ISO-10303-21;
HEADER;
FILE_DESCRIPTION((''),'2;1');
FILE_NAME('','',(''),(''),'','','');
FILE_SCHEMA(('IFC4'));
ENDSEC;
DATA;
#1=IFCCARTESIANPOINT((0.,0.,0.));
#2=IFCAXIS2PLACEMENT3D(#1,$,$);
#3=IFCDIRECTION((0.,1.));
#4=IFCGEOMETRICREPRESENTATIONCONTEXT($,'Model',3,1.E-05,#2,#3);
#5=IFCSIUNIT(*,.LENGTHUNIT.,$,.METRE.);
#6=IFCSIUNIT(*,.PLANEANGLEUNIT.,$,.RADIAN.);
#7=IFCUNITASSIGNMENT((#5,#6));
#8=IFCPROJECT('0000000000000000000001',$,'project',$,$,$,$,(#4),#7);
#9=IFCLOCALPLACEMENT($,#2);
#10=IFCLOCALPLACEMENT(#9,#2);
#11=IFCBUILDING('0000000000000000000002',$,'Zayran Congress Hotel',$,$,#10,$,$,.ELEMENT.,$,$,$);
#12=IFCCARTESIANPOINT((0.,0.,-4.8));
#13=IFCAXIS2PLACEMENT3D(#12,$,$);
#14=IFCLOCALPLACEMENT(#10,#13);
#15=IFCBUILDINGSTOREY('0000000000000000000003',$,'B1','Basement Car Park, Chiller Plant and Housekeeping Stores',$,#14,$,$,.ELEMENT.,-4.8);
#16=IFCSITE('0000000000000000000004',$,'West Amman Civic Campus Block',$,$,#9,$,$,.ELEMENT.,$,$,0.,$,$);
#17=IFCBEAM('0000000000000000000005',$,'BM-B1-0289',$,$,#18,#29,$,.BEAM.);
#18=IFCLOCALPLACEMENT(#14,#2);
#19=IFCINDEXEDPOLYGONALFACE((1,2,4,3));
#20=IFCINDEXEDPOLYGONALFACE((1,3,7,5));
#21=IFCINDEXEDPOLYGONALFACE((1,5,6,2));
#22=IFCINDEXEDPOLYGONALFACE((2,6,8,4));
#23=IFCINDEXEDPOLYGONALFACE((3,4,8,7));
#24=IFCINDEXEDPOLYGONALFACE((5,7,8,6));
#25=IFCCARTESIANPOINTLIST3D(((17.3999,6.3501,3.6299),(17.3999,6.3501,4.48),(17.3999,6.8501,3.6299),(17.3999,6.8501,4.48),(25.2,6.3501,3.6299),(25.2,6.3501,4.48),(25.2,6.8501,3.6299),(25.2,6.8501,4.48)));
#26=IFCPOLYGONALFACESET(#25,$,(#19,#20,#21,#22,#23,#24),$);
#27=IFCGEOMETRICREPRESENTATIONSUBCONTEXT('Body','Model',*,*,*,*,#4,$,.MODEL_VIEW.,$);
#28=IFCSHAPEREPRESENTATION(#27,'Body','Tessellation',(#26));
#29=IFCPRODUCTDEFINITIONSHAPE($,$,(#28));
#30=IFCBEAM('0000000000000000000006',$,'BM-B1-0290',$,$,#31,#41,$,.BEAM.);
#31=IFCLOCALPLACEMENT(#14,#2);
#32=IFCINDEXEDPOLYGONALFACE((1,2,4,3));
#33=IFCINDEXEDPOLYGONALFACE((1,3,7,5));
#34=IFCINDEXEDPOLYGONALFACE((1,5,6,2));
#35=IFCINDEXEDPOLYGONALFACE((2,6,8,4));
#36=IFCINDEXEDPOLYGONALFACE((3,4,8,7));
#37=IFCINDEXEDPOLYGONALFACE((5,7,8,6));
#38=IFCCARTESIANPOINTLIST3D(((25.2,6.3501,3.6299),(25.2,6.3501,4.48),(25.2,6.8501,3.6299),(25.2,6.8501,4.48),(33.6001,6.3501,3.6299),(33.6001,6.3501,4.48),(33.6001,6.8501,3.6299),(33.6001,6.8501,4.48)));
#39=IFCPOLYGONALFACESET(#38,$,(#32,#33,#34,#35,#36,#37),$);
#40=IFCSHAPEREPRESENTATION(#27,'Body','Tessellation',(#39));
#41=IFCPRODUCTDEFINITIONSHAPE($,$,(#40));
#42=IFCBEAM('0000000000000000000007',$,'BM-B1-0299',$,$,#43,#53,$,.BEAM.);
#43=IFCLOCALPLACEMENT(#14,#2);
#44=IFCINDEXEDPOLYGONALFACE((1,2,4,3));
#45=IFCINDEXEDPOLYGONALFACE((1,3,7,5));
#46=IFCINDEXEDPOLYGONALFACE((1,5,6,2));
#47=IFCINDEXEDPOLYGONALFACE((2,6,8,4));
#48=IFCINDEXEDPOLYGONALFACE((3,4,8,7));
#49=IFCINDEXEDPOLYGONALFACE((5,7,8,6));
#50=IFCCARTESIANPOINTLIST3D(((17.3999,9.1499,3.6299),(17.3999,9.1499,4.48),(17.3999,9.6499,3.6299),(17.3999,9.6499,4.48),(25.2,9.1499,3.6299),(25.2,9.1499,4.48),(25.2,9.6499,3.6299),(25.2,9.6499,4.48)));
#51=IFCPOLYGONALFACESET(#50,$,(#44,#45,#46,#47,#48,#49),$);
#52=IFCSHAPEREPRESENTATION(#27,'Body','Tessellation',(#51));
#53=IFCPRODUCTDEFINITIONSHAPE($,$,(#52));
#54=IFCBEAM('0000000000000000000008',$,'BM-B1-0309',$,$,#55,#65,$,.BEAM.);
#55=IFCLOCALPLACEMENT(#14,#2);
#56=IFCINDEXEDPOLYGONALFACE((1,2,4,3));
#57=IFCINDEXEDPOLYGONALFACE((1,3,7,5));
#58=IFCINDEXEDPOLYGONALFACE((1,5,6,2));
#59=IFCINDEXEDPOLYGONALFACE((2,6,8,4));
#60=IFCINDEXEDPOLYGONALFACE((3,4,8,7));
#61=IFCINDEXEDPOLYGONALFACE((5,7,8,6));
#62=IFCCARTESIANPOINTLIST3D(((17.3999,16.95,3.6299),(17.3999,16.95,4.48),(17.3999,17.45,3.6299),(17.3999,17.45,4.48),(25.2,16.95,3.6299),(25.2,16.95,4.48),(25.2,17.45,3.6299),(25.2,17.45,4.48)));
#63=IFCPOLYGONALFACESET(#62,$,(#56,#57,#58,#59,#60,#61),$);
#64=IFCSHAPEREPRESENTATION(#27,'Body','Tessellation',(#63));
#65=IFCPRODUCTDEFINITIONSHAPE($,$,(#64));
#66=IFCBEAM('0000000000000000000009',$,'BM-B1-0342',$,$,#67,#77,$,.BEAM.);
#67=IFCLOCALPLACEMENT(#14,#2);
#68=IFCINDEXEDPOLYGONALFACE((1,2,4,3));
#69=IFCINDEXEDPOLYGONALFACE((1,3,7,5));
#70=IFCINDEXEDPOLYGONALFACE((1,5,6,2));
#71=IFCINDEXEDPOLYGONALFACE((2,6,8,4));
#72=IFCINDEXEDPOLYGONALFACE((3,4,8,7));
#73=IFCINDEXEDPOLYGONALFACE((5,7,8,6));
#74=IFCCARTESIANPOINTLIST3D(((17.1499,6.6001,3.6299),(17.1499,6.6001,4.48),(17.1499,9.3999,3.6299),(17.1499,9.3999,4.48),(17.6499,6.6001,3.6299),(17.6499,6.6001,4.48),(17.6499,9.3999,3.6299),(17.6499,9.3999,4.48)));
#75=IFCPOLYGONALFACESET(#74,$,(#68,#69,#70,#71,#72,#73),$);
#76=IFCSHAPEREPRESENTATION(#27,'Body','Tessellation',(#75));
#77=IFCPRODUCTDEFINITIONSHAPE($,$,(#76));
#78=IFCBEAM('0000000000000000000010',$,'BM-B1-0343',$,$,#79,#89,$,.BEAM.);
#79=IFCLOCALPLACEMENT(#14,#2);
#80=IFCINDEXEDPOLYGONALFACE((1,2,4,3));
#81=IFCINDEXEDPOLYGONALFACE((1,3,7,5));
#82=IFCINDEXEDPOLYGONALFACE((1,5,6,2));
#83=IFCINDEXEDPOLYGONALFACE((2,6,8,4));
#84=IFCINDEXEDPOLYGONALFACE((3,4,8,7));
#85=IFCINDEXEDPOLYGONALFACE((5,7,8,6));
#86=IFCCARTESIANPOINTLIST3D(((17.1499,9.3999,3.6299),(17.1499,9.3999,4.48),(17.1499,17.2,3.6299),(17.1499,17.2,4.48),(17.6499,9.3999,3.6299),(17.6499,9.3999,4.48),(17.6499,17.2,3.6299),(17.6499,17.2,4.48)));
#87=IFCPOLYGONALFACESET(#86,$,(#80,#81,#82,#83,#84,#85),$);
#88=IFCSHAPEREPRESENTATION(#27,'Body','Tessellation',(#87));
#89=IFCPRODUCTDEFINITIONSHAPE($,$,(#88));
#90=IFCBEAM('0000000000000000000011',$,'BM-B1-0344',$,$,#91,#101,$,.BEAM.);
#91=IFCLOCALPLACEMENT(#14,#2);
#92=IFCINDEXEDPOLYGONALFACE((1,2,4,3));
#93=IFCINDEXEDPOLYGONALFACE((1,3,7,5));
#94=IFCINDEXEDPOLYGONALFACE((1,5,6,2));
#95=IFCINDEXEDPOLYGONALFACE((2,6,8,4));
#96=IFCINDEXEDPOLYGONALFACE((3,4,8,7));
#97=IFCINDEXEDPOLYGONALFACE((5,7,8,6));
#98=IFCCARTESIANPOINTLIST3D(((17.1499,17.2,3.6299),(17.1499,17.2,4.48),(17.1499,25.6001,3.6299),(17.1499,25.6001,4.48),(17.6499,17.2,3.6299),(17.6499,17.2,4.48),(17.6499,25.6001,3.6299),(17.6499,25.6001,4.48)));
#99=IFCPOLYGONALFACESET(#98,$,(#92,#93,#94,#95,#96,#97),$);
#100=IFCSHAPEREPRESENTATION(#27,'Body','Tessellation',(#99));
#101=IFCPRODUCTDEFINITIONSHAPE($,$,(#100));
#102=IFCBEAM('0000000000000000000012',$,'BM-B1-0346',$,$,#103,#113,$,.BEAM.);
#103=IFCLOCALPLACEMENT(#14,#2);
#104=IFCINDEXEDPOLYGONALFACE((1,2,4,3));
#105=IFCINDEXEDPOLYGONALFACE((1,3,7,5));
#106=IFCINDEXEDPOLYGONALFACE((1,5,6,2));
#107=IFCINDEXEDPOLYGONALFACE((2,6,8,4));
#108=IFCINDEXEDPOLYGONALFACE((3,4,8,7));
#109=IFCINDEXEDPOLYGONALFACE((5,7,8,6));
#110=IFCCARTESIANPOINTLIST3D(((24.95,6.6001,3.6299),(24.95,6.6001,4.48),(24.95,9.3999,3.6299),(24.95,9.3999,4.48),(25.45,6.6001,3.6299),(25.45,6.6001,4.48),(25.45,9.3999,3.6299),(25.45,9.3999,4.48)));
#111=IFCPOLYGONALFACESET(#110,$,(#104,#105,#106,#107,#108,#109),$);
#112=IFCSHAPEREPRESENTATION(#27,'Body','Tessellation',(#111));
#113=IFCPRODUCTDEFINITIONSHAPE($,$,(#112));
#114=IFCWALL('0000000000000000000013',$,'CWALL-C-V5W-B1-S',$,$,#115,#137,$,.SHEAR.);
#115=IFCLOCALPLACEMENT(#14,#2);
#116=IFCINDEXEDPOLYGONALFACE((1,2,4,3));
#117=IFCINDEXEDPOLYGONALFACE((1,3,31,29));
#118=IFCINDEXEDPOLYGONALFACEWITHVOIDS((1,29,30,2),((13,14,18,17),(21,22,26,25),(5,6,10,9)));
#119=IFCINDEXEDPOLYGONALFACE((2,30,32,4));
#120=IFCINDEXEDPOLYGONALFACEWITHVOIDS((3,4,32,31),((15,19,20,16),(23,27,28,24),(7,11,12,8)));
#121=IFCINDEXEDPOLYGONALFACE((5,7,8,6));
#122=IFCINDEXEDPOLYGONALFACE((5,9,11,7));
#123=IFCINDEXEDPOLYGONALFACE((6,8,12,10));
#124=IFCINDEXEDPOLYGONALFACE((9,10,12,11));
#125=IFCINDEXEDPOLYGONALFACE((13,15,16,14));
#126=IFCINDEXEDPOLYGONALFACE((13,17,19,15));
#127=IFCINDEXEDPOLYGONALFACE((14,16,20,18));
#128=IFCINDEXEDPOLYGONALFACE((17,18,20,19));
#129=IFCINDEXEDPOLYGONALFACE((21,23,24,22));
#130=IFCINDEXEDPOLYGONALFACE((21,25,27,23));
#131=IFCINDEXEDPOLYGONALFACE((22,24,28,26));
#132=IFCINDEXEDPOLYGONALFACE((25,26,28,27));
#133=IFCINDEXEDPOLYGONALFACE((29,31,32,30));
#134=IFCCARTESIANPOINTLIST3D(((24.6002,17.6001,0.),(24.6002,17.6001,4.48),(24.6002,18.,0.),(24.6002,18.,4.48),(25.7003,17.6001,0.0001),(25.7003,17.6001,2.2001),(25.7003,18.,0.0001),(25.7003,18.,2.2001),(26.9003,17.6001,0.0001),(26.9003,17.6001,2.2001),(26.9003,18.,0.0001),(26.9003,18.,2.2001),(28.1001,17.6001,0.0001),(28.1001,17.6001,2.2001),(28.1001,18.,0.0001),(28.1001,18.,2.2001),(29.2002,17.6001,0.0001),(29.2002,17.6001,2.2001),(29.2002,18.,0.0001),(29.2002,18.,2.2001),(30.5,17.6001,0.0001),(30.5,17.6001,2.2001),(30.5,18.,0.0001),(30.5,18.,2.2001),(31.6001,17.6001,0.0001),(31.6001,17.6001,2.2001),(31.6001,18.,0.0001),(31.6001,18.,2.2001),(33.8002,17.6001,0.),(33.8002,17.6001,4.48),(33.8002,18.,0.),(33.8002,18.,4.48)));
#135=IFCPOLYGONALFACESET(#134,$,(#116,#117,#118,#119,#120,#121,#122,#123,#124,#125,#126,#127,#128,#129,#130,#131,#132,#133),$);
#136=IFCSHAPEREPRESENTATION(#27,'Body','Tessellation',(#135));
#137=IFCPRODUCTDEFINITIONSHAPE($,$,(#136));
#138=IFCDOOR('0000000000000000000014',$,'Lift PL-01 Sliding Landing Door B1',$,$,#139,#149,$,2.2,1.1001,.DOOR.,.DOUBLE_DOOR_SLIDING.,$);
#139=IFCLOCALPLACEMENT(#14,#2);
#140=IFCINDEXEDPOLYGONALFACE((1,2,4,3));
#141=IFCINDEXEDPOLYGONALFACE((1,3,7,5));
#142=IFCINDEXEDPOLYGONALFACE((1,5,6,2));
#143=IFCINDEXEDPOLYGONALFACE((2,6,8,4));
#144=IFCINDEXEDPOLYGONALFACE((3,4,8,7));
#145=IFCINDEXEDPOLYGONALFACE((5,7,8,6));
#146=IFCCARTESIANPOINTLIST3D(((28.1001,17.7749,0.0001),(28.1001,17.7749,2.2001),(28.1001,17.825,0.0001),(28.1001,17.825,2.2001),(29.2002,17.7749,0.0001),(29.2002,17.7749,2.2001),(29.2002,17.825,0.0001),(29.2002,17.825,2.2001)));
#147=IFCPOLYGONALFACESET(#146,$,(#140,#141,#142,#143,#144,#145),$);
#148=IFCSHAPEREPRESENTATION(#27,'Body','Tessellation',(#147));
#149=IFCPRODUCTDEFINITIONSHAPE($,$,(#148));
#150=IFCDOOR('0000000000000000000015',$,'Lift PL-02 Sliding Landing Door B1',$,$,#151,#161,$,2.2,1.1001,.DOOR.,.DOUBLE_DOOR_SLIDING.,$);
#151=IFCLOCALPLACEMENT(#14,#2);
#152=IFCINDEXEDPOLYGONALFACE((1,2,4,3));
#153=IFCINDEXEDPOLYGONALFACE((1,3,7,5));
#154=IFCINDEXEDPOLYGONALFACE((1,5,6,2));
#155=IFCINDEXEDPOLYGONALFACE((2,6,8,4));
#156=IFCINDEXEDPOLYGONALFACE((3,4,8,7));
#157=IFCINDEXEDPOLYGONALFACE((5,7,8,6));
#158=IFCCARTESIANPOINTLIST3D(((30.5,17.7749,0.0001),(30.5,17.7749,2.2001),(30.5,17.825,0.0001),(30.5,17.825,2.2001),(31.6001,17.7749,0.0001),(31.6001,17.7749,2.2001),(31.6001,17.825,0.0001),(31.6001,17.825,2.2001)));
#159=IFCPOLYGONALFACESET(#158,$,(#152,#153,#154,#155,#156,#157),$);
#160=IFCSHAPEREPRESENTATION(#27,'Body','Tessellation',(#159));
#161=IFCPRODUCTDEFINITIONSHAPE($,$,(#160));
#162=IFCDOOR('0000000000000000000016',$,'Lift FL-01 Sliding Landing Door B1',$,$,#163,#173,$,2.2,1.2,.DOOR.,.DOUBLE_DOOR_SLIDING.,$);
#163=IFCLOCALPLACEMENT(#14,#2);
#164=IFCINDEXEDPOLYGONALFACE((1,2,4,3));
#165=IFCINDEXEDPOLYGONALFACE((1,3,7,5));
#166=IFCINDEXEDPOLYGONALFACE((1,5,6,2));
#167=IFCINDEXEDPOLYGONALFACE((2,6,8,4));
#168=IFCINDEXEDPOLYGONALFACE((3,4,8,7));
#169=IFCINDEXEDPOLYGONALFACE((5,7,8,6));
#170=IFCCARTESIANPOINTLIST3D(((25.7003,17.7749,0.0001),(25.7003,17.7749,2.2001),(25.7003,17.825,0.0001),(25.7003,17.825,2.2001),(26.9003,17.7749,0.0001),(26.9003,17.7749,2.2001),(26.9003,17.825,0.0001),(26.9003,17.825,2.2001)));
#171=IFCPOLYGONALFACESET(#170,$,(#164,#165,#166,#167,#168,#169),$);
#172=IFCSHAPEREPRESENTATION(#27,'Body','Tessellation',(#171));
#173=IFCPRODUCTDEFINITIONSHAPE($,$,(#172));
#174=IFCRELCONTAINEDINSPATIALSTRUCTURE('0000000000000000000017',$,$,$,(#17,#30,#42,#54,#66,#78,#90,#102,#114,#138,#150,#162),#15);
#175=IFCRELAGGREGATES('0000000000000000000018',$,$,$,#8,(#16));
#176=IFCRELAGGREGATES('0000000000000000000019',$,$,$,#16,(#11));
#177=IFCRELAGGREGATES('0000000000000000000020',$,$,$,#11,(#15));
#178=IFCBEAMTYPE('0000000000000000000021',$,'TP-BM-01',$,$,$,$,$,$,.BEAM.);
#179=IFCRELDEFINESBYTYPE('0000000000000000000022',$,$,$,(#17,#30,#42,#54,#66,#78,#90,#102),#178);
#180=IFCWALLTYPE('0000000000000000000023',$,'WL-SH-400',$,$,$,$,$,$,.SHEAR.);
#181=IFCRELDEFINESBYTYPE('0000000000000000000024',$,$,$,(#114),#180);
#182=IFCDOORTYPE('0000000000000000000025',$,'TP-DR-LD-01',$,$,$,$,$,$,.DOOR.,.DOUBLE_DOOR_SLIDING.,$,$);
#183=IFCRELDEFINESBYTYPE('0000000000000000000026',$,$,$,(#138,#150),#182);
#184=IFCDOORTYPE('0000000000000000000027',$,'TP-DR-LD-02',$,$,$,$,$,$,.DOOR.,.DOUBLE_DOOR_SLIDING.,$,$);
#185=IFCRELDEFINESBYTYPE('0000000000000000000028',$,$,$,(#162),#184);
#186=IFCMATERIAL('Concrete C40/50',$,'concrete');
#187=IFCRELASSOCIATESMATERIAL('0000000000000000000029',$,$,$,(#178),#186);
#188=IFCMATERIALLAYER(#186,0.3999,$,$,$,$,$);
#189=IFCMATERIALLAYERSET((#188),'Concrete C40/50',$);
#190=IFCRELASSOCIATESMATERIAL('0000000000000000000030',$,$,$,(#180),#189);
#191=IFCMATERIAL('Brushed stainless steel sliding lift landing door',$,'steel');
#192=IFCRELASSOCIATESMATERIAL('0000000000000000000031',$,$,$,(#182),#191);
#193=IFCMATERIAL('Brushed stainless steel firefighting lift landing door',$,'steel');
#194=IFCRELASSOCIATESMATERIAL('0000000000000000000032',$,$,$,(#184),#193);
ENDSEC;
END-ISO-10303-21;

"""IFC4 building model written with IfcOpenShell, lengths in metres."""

from ifc_helpers import new_model, si_unit, direction, frame, frame_2d, origin, origin_2d, place, context, subcontext, project, spatial, rectangle, extrude, material, layer, layer_set, material_profile, profile_set, type_object, element, fill, save


model = new_model("IFC4")

# Units and contexts
model_context = context("Model", 3, precision=1e-05, world=origin(), true_north=direction((0.0, 1.0)))
body_context = subcontext(model_context, "Body", "Model", "MODEL_VIEW")
ifc_project = project(units=[si_unit("LENGTHUNIT", "METRE"), si_unit("PLANEANGLEUNIT", "RADIAN")], contexts=[model_context])

# Site, building, storey
site_placement = place(None, origin())
site = spatial("IfcSite", under=ifc_project, at=site_placement, Name="West Amman Civic Campus Block", CompositionType="ELEMENT", RefElevation=0.0)
building_placement = place(site_placement, origin())
building = spatial("IfcBuilding", under=site, at=building_placement, Name="Zayran Congress Hotel", CompositionType="ELEMENT")
storey_placement = place(building_placement, frame((0.0, 0.0, -4.8)))
storey = spatial("IfcBuildingStorey", under=building, at=storey_placement, Name="B1", Description="Basement Car Park, Chiller Plant and Housekeeping Stores", CompositionType="ELEMENT", Elevation=-4.8)

# Shared definitions
ifc_material_1 = material(Name="Concrete C40/50", Category="concrete")

# Beams
ifc_material_profile_1 = material_profile(ifc_material_1, rectangle(XDim=0.5, YDim=0.8501, at=origin_2d()), Name="RC 500x850")
ifc_profile_set_1 = profile_set([ifc_material_profile_1], Name="Concrete C40/50")
beam_type = type_object("IfcBeamType", Name="TP-BM-01", PredefinedType="BEAM", material=ifc_profile_set_1)
beam_1_placement = place(storey_placement, frame((17.3999, 6.6001, 4.0549), z_axis=(1.0, 0.0, 0.0), x_axis=(0.0, 1.0, 0.0)))
element("IfcBeam", 1, at=beam_1_placement, inside=storey, type_object=beam_type, Name="BM-B1-0289", PredefinedType="BEAM", context=body_context, shape_type="SweptSolid", body=[
    extrude(rectangle(XDim=0.5, YDim=0.8501, at=origin_2d()), origin(), (0.0, 0.0, 1.0), 7.8),
])
beam_2_placement = place(storey_placement, frame((25.2, 6.6001, 4.0549), z_axis=(1.0, 0.0, 0.0), x_axis=(0.0, 1.0, 0.0)))
element("IfcBeam", 2, at=beam_2_placement, inside=storey, type_object=beam_type, Name="BM-B1-0290", PredefinedType="BEAM", context=body_context, shape_type="SweptSolid", body=[
    extrude(rectangle(XDim=0.5, YDim=0.8501, at=origin_2d()), origin(), (0.0, 0.0, 1.0), 8.4001),
])
for number, where, z_axis, x_axis, name in (
    (3, (17.3999, 9.3999, 4.0549), (1.0, 0.0, 0.0), (0.0, 1.0, 0.0), "BM-B1-0299"),
    (4, (17.3999, 17.2, 4.0549), (1.0, 0.0, 0.0), (0.0, 1.0, 0.0), "BM-B1-0309"),
):
    element("IfcBeam", number, at=place(storey_placement, frame(where, z_axis=z_axis, x_axis=x_axis)), inside=storey, type_object=beam_type, Name=name, PredefinedType="BEAM", context=body_context, shape_type="SweptSolid", body=[
        extrude(rectangle(XDim=0.5, YDim=0.8501, at=origin_2d()), origin(), (0.0, 0.0, 1.0), 7.8),
    ])
beam_3_placement = place(storey_placement, frame((17.3999, 6.6001, 4.0549), z_axis=(0.0, 1.0, 0.0), x_axis=(-1.0, 0.0, 0.0)))
element("IfcBeam", 5, at=beam_3_placement, inside=storey, type_object=beam_type, Name="BM-B1-0342", PredefinedType="BEAM", context=body_context, shape_type="SweptSolid", body=[
    extrude(rectangle(XDim=0.5, YDim=0.8501, at=origin_2d()), origin(), (0.0, 0.0, 1.0), 2.7998),
])
beam_4_placement = place(storey_placement, frame((17.3999, 9.3999, 4.0549), z_axis=(0.0, 1.0, 0.0), x_axis=(-1.0, 0.0, 0.0)))
element("IfcBeam", 6, at=beam_4_placement, inside=storey, type_object=beam_type, Name="BM-B1-0343", PredefinedType="BEAM", context=body_context, shape_type="SweptSolid", body=[
    extrude(rectangle(XDim=0.5, YDim=0.8501, at=origin_2d()), origin(), (0.0, 0.0, 1.0), 7.8),
])
beam_5_placement = place(storey_placement, frame((17.3999, 17.2, 4.0549), z_axis=(0.0, 1.0, 0.0), x_axis=(-1.0, 0.0, 0.0)))
element("IfcBeam", 7, at=beam_5_placement, inside=storey, type_object=beam_type, Name="BM-B1-0344", PredefinedType="BEAM", context=body_context, shape_type="SweptSolid", body=[
    extrude(rectangle(XDim=0.5, YDim=0.8501, at=origin_2d()), origin(), (0.0, 0.0, 1.0), 8.4001),
])
beam_6_placement = place(storey_placement, frame((25.2, 6.6001, 4.0549), z_axis=(0.0, 1.0, 0.0), x_axis=(-1.0, 0.0, 0.0)))
element("IfcBeam", 8, at=beam_6_placement, inside=storey, type_object=beam_type, Name="BM-B1-0346", PredefinedType="BEAM", context=body_context, shape_type="SweptSolid", body=[
    extrude(rectangle(XDim=0.5, YDim=0.8501, at=origin_2d()), origin(), (0.0, 0.0, 1.0), 2.7998),
])

# Wall, openings, doors
ifc_layer_1 = layer(ifc_material_1, 0.3999)
ifc_layer_set_1 = layer_set([ifc_layer_1], Name="Concrete C40/50")
wall_type_1 = type_object("IfcWallType", Name="WL-SH-400", PredefinedType="SHEAR", material=ifc_layer_set_1)
wall_1_placement = place(storey_placement, frame((24.6001, 17.8, 0.0), z_axis=(0.0, 0.0, 1.0), x_axis=(1.0, 0.0, 0.0)))
wall_1 = element("IfcWall", 9, at=wall_1_placement, inside=storey, type_object=wall_type_1, Name="CWALL-C-V5W-B1-S", PredefinedType="SHEAR", context=body_context, shape_type="SweptSolid", body=[
    extrude(rectangle(XDim=9.2, YDim=0.3999, at=frame_2d((4.6001, 0.0))), origin(), (0.0, 0.0, 1.0), 4.48),
])
opening_1_placement = place(wall_1_placement, frame((1.1001, 0.0, 0.0)))
opening_1 = element("IfcOpeningElement", 10, at=opening_1_placement, cuts=wall_1, PredefinedType="OPENING", context=body_context, shape_type="SweptSolid", body=[
    extrude(rectangle(XDim=1.2, YDim=2.2, at=frame_2d((0.6001, 1.1001))), frame((0.0, 0.21, 0.0), z_axis=(0.0, -1.0, 0.0), x_axis=(1.0, 0.0, 0.0)), (0.0, 0.0, 1.0), 0.4199),
])
opening_2_placement = place(wall_1_placement, frame((3.5, 0.0, 0.0)))
opening_2 = element("IfcOpeningElement", 11, at=opening_2_placement, cuts=wall_1, PredefinedType="OPENING", context=body_context, shape_type="SweptSolid", body=[
    extrude(rectangle(XDim=1.1001, YDim=2.2, at=frame_2d((0.55, 1.1001))), frame((0.0, 0.21, 0.0), z_axis=(0.0, -1.0, 0.0), x_axis=(1.0, 0.0, 0.0)), (0.0, 0.0, 1.0), 0.4199),
])
opening_3_placement = place(wall_1_placement, frame((5.8999, 0.0, 0.0)))
opening_3 = element("IfcOpeningElement", 12, at=opening_3_placement, cuts=wall_1, PredefinedType="OPENING", context=body_context, shape_type="SweptSolid", body=[
    extrude(rectangle(XDim=1.1001, YDim=2.2, at=frame_2d((0.55, 1.1001))), frame((0.0, 0.21, 0.0), z_axis=(0.0, -1.0, 0.0), x_axis=(1.0, 0.0, 0.0)), (0.0, 0.0, 1.0), 0.4199),
])
ifc_material_2 = material(Name="Brushed stainless steel sliding lift landing door", Category="steel")
door_type_1 = type_object("IfcDoorType", Name="TP-DR-LD-01", OperationType="DOUBLE_DOOR_SLIDING", PredefinedType="DOOR", material=ifc_material_2)
door_1_placement = place(opening_2_placement, origin())
door_1 = element("IfcDoor", 13, at=door_1_placement, inside=storey, type_object=door_type_1, Name="Lift PL-01 Sliding Landing Door B1", OperationType="DOUBLE_DOOR_SLIDING", OverallHeight=2.2, OverallWidth=1.1001, PredefinedType="DOOR", context=body_context, shape_type="SweptSolid", body=[
    extrude(rectangle(XDim=1.1001, YDim=2.2, at=frame_2d((0.55, 1.1001))), frame((0.0, 0.0249, 0.0), z_axis=(0.0, -1.0, 0.0), x_axis=(1.0, 0.0, 0.0)), (0.0, 0.0, 1.0), 0.05),
])
fill(opening_2, door_1)
door_2_placement = place(opening_3_placement, origin())
door_2 = element("IfcDoor", 14, at=door_2_placement, inside=storey, type_object=door_type_1, Name="Lift PL-02 Sliding Landing Door B1", OperationType="DOUBLE_DOOR_SLIDING", OverallHeight=2.2, OverallWidth=1.1001, PredefinedType="DOOR", context=body_context, shape_type="SweptSolid", body=[
    extrude(rectangle(XDim=1.1001, YDim=2.2, at=frame_2d((0.55, 1.1001))), frame((0.0, 0.0249, 0.0), z_axis=(0.0, -1.0, 0.0), x_axis=(1.0, 0.0, 0.0)), (0.0, 0.0, 1.0), 0.05),
])
fill(opening_3, door_2)
ifc_material_3 = material(Name="Brushed stainless steel firefighting lift landing door", Category="steel")
door_type_2 = type_object("IfcDoorType", Name="TP-DR-LD-02", OperationType="DOUBLE_DOOR_SLIDING", PredefinedType="DOOR", material=ifc_material_3)
door_3_placement = place(opening_1_placement, origin())
door_3 = element("IfcDoor", 15, at=door_3_placement, inside=storey, type_object=door_type_2, Name="Lift FL-01 Sliding Landing Door B1", OperationType="DOUBLE_DOOR_SLIDING", OverallHeight=2.2, OverallWidth=1.2, PredefinedType="DOOR", context=body_context, shape_type="SweptSolid", body=[
    extrude(rectangle(XDim=1.2, YDim=2.2, at=frame_2d((0.6001, 1.1001))), frame((0.0, 0.0249, 0.0), z_axis=(0.0, -1.0, 0.0), x_axis=(1.0, 0.0, 0.0)), (0.0, 0.0, 1.0), 0.05),
])
fill(opening_1, door_3)

save(model, "model.ifc")
